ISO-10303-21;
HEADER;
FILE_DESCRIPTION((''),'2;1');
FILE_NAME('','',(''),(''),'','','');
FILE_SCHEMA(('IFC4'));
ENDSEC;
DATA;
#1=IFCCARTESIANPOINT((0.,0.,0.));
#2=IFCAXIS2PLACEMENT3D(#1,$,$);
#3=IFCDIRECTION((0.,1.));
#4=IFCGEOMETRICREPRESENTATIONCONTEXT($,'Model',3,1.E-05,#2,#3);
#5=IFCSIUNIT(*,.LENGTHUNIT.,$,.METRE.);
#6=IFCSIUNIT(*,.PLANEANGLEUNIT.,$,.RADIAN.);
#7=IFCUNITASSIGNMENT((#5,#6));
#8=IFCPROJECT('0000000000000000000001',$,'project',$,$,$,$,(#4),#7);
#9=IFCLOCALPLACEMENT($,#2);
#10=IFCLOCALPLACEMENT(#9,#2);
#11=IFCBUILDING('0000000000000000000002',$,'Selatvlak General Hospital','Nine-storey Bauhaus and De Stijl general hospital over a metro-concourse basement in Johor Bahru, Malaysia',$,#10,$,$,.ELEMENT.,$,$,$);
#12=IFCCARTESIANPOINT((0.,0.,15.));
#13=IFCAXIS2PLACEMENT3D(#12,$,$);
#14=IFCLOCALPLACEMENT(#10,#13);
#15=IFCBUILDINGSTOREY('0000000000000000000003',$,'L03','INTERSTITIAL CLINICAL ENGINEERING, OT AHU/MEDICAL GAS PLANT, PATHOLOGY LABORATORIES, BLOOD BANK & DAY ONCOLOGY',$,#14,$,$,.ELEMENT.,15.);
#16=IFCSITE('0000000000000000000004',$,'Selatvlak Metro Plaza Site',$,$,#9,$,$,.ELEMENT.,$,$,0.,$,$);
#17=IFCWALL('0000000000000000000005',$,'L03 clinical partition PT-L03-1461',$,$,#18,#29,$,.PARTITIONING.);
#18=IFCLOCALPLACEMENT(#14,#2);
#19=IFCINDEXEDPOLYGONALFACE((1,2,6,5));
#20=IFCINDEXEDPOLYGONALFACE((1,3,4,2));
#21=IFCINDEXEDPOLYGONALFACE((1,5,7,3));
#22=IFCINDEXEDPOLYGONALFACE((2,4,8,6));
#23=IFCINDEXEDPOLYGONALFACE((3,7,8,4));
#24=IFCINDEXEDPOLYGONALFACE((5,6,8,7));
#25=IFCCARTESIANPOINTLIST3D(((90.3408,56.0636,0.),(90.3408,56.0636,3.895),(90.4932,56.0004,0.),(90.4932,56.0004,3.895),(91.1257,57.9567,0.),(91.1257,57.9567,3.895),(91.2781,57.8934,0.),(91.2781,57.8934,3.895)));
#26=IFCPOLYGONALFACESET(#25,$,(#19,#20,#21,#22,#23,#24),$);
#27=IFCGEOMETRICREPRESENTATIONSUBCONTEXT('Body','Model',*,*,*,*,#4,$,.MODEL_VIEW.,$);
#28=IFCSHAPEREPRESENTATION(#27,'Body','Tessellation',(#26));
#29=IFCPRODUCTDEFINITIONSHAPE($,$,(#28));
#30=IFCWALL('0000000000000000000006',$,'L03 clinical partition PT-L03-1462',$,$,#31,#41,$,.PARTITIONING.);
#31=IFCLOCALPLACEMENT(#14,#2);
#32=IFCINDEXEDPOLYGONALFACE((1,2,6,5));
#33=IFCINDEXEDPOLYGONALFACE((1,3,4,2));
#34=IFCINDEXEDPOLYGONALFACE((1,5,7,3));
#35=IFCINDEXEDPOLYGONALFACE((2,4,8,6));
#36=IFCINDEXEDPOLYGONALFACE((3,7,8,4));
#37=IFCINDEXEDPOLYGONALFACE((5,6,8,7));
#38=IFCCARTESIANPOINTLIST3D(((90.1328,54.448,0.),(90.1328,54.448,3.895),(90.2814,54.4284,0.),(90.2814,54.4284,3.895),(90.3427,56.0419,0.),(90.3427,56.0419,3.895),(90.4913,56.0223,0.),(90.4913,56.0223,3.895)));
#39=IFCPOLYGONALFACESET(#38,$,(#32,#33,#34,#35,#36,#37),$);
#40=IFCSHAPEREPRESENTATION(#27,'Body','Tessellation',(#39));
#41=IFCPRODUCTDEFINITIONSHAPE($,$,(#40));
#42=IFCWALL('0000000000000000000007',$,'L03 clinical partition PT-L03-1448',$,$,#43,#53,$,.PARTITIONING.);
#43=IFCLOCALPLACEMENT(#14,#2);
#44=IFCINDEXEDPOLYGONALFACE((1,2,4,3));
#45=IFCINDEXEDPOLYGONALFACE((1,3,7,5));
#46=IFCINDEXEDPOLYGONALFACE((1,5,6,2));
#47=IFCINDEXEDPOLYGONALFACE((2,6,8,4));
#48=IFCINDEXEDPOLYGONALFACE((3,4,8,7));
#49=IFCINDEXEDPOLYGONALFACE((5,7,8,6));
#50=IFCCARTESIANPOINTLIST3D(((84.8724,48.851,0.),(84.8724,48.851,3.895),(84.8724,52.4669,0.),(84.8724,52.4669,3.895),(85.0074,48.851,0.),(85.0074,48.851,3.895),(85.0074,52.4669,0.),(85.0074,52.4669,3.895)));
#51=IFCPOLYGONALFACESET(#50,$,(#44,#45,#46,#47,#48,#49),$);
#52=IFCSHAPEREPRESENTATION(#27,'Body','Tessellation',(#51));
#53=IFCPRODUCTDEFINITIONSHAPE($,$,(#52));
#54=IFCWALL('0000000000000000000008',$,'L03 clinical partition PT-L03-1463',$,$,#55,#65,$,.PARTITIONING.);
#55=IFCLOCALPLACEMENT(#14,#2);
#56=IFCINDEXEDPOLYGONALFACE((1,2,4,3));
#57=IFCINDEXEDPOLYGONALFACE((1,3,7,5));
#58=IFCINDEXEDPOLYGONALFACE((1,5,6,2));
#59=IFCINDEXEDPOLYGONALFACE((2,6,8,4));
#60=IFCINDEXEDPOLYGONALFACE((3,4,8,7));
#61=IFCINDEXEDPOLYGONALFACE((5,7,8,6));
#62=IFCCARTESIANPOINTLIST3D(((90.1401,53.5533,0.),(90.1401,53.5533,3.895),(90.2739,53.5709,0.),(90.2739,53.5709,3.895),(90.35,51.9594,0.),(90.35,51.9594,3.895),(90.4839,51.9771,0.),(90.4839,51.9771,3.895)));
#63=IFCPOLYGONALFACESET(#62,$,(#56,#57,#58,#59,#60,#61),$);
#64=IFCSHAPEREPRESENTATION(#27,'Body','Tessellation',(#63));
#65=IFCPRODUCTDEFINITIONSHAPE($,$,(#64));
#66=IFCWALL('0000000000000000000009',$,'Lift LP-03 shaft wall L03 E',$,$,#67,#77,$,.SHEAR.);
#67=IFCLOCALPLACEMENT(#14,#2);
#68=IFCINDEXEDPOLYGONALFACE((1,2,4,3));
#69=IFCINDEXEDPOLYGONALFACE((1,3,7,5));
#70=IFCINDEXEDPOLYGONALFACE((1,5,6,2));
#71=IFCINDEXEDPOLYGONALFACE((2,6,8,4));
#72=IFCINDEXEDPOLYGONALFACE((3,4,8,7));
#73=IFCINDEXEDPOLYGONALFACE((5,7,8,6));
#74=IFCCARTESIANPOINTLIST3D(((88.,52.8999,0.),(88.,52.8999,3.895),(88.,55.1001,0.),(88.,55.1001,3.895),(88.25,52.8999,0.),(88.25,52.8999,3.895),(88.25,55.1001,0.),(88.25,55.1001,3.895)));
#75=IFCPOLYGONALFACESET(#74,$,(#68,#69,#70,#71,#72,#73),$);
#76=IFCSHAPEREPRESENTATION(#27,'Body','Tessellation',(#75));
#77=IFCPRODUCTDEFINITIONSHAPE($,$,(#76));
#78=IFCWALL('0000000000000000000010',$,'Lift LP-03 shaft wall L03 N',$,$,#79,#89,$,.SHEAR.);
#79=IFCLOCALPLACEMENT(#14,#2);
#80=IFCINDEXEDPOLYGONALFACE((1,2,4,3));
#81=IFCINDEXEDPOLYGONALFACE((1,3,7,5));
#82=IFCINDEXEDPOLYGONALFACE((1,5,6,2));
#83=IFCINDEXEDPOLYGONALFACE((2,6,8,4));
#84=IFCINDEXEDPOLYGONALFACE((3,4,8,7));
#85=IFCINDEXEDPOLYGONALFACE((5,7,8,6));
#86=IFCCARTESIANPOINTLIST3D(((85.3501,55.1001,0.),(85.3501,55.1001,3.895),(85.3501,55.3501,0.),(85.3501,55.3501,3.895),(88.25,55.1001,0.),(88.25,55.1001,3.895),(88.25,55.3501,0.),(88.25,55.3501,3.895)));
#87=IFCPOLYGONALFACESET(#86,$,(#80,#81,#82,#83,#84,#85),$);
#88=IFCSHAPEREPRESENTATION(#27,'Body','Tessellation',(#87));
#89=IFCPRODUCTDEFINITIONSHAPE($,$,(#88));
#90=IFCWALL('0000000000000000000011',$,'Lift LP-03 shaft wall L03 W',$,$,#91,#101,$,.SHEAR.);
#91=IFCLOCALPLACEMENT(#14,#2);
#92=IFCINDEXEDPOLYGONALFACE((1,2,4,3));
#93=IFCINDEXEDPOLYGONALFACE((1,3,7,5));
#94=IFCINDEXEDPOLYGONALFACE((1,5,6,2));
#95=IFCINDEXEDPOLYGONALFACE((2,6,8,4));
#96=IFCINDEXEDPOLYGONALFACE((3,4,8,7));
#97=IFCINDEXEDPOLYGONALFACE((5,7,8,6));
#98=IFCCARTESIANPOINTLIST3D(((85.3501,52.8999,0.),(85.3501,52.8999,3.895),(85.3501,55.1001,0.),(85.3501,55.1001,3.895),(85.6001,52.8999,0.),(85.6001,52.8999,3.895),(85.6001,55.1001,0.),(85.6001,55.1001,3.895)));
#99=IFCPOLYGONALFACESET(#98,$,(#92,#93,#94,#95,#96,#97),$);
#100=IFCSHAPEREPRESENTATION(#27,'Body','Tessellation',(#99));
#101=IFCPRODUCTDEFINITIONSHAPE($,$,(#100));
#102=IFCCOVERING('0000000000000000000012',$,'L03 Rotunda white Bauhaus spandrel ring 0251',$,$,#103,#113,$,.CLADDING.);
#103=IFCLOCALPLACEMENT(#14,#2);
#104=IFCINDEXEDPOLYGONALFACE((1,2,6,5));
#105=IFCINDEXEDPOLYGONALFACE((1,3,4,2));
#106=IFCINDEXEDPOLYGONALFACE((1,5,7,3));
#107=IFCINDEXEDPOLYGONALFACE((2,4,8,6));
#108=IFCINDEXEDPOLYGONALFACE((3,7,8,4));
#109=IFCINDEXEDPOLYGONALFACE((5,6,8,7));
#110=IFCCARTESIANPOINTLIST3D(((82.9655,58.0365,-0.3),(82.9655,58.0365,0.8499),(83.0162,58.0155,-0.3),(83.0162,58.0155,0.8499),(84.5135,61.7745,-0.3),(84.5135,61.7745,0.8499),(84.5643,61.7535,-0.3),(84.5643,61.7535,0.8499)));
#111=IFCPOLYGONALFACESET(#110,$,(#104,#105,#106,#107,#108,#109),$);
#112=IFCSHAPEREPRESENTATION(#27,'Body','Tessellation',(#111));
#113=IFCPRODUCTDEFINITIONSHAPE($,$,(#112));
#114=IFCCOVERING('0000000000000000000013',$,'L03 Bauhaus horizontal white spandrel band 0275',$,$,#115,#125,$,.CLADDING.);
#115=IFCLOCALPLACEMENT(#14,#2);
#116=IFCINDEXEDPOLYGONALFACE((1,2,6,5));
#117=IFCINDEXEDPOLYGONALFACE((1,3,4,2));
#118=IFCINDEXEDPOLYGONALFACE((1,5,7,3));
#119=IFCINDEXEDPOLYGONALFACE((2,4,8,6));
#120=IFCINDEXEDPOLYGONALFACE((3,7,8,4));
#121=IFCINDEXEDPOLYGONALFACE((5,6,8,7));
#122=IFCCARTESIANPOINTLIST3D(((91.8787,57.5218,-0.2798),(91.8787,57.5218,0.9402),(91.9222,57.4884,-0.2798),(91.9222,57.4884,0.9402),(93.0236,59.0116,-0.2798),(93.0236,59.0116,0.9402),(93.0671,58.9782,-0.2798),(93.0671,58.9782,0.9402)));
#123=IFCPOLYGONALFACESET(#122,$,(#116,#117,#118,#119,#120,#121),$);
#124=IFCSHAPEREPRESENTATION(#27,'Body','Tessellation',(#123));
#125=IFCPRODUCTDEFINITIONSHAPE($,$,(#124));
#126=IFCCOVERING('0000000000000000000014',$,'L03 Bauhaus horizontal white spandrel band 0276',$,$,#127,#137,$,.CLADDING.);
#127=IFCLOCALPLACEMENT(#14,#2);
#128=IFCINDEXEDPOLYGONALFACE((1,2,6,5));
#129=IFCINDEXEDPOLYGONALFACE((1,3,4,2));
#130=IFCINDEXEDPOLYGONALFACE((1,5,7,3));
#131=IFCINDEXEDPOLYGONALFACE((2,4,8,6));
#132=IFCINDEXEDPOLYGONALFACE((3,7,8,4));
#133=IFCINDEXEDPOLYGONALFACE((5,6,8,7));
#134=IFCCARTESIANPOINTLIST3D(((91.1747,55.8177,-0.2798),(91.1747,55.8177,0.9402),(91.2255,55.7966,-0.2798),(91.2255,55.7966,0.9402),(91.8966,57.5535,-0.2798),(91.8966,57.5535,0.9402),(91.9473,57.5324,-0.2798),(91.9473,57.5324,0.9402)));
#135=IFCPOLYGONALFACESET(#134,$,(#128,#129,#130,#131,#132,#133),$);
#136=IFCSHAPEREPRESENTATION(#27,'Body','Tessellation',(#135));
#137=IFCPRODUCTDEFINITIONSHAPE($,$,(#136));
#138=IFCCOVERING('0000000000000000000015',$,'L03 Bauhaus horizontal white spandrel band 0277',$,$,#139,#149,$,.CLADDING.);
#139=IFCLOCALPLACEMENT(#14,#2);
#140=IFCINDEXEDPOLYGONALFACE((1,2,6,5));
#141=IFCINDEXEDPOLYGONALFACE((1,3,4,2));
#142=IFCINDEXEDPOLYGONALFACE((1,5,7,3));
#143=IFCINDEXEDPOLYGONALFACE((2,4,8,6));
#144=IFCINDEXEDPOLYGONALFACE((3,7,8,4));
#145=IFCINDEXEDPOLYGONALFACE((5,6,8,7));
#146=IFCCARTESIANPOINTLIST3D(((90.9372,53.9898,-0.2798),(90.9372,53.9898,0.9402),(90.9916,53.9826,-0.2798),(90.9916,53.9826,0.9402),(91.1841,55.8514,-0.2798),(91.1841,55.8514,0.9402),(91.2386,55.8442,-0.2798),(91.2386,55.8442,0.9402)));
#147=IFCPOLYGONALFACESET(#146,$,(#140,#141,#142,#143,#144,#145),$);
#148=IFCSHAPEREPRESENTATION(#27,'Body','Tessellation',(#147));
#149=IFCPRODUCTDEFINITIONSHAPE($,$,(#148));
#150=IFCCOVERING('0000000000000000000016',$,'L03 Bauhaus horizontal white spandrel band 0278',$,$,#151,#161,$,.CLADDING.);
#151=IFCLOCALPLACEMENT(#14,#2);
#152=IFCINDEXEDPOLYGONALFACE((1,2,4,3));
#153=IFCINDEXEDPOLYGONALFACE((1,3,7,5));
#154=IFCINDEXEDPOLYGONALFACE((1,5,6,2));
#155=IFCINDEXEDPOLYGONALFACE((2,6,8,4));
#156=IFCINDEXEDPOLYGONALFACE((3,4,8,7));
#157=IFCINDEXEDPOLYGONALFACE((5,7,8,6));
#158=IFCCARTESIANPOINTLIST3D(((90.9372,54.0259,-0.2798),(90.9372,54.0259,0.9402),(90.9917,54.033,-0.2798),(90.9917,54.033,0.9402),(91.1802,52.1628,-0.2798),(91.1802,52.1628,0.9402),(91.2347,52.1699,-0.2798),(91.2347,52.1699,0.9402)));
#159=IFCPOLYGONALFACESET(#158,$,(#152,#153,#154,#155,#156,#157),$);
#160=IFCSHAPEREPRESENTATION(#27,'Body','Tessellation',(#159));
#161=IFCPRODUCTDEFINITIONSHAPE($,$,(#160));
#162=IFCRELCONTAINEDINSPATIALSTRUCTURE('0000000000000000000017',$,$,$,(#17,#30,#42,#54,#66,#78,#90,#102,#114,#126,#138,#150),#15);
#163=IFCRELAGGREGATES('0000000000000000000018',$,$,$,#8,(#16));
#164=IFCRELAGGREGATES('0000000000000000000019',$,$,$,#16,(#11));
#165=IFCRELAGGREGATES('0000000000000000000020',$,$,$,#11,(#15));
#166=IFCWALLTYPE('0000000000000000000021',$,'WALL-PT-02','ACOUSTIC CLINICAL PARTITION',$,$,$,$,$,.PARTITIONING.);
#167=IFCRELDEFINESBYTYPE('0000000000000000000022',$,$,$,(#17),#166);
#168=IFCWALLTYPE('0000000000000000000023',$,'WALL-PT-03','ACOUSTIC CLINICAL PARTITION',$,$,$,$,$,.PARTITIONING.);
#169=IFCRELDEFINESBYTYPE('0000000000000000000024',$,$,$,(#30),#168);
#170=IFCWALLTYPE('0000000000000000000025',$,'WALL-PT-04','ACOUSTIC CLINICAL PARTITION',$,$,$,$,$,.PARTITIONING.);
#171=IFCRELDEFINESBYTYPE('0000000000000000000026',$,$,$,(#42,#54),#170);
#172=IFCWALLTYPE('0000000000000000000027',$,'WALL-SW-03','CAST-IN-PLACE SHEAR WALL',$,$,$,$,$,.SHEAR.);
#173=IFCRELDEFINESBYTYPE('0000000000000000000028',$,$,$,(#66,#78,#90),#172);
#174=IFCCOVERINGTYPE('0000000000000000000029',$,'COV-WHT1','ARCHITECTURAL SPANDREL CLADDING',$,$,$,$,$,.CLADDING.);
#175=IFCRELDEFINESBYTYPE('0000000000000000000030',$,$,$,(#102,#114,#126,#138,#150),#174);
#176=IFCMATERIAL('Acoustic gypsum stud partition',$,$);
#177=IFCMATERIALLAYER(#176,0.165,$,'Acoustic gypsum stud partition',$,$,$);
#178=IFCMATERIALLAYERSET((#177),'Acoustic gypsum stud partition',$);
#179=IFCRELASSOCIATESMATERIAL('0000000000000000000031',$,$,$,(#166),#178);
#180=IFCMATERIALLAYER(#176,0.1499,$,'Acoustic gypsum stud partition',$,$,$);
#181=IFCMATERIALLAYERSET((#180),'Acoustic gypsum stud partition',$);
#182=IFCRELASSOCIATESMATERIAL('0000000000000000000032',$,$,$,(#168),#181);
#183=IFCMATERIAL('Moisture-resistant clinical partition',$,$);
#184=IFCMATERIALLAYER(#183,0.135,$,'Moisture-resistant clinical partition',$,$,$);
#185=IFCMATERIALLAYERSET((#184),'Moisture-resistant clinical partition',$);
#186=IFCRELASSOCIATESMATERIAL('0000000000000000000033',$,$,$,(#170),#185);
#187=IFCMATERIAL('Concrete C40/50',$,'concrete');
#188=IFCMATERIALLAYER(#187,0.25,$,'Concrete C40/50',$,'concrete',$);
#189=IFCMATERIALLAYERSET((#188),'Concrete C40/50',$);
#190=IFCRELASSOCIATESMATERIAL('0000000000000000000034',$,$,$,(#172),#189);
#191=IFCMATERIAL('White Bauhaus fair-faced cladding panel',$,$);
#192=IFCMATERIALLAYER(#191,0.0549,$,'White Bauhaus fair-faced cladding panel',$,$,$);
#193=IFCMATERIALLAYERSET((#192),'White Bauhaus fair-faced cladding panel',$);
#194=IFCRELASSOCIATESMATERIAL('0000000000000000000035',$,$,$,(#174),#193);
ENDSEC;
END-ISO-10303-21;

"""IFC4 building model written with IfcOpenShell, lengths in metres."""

from ifc_helpers import new_model, si_unit, direction, frame, frame_2d, origin, origin_2d, place, context, subcontext, project, spatial, rectangle, extrude, material, layer, layer_set, type_object, element, save


model = new_model("IFC4")

# Units and contexts
model_context = context("Model", 3, precision=1e-05, world=origin(), true_north=direction((0.0, 1.0)))
body_context = subcontext(model_context, "Body", "Model", "MODEL_VIEW")
ifc_project = project(units=[si_unit("LENGTHUNIT", "METRE"), si_unit("PLANEANGLEUNIT", "RADIAN")], contexts=[model_context])

# Site, building, storey
site_placement = place(None, origin())
site = spatial("IfcSite", under=ifc_project, at=site_placement, Name="Selatvlak Metro Plaza Site", CompositionType="ELEMENT", RefElevation=0.0)
building_placement = place(site_placement, origin())
building = spatial("IfcBuilding", under=site, at=building_placement, Name="Selatvlak General Hospital", Description="Nine-storey Bauhaus and De Stijl general hospital over a metro-concourse basement in Johor Bahru, Malaysia", CompositionType="ELEMENT")
storey_placement = place(building_placement, frame((0.0, 0.0, 15.0)))
storey = spatial("IfcBuildingStorey", under=building, at=storey_placement, Name="L03", Description="INTERSTITIAL CLINICAL ENGINEERING, OT AHU/MEDICAL GAS PLANT, PATHOLOGY LABORATORIES, BLOOD BANK & DAY ONCOLOGY", CompositionType="ELEMENT", Elevation=15.0)

# Walls
ifc_material_1 = material(Name="Acoustic gypsum stud partition")
ifc_layer_1 = layer(ifc_material_1, 0.165, Name="Acoustic gypsum stud partition")
ifc_layer_set_1 = layer_set([ifc_layer_1], Name="Acoustic gypsum stud partition")
wall_type_1 = type_object("IfcWallType", Name="WALL-PT-02", Description="ACOUSTIC CLINICAL PARTITION", PredefinedType="PARTITIONING", material=ifc_layer_set_1)
wall_1_placement = place(storey_placement, frame((91.2019, 57.925, 0.0), z_axis=(0.0, 0.0, 1.0), x_axis=(-0.383008, -0.923745, 0.0)))
element("IfcWall", 1, at=wall_1_placement, inside=storey, type_object=wall_type_1, Name="L03 clinical partition PT-L03-1461", PredefinedType="PARTITIONING", context=body_context, shape_type="SweptSolid", body=[
    extrude(rectangle(XDim=2.0493, YDim=0.165, at=frame_2d((1.0247, 0.0))), origin(), (0.0, 0.0, 1.0), 3.895),
])
ifc_layer_2 = layer(ifc_material_1, 0.1499, Name="Acoustic gypsum stud partition")
ifc_layer_set_2 = layer_set([ifc_layer_2], Name="Acoustic gypsum stud partition")
wall_type_2 = type_object("IfcWallType", Name="WALL-PT-03", Description="ACOUSTIC CLINICAL PARTITION", PredefinedType="PARTITIONING", material=ifc_layer_set_2)
wall_2_placement = place(storey_placement, frame((90.417, 56.032, 0.0), z_axis=(0.0, 0.0, 1.0), x_axis=(-0.130592, -0.991436, 0.0)))
element("IfcWall", 2, at=wall_2_placement, inside=storey, type_object=wall_type_2, Name="L03 clinical partition PT-L03-1462", PredefinedType="PARTITIONING", context=body_context, shape_type="SweptSolid", body=[
    extrude(rectangle(XDim=1.6077, YDim=0.1499, at=frame_2d((0.8037, 0.0))), origin(), (0.0, 0.0, 1.0), 3.895),
])
ifc_material_2 = material(Name="Moisture-resistant clinical partition")
ifc_layer_3 = layer(ifc_material_2, 0.135, Name="Moisture-resistant clinical partition")
ifc_layer_set_3 = layer_set([ifc_layer_3], Name="Moisture-resistant clinical partition")
wall_type_3 = type_object("IfcWallType", Name="WALL-PT-04", Description="ACOUSTIC CLINICAL PARTITION", PredefinedType="PARTITIONING", material=ifc_layer_set_3)
wall_3_placement = place(storey_placement, frame((84.9399, 52.467, 0.0), z_axis=(0.0, 0.0, 1.0), x_axis=(0.0, -1.0, 0.0)))
element("IfcWall", 3, at=wall_3_placement, inside=storey, type_object=wall_type_3, Name="L03 clinical partition PT-L03-1448", PredefinedType="PARTITIONING", context=body_context, shape_type="SweptSolid", body=[
    extrude(rectangle(XDim=3.616, YDim=0.135, at=frame_2d((1.8081, 0.0))), origin(), (0.0, 0.0, 1.0), 3.895),
])
wall_4_placement = place(storey_placement, frame((90.207, 53.562, 0.0), z_axis=(0.0, 0.0, 1.0), x_axis=(0.130592, -0.991436, 0.0)))
element("IfcWall", 4, at=wall_4_placement, inside=storey, type_object=wall_type_3, Name="L03 clinical partition PT-L03-1463", PredefinedType="PARTITIONING", context=body_context, shape_type="SweptSolid", body=[
    extrude(rectangle(XDim=1.6077, YDim=0.135, at=frame_2d((0.8037, 0.0))), origin(), (0.0, 0.0, 1.0), 3.895),
])

# Shared definitions
ifc_material_3 = material(Name="Concrete C40/50", Category="concrete")
ifc_layer_4 = layer(ifc_material_3, 0.25, Name="Concrete C40/50", Category="concrete")
ifc_layer_set_4 = layer_set([ifc_layer_4], Name="Concrete C40/50")
wall_type_4 = type_object("IfcWallType", Name="WALL-SW-03", Description="CAST-IN-PLACE SHEAR WALL", PredefinedType="SHEAR", material=ifc_layer_set_4)

# Walls
wall_5_placement = place(storey_placement, frame((88.125, 52.8999, 0.0), z_axis=(0.0, 0.0, 1.0), x_axis=(0.0, 1.0, 0.0)))
element("IfcWall", 5, at=wall_5_placement, inside=storey, type_object=wall_type_4, Name="Lift LP-03 shaft wall L03 E", PredefinedType="SHEAR", context=body_context, shape_type="SweptSolid", body=[
    extrude(rectangle(XDim=2.2002, YDim=0.25, at=frame_2d((1.1001, 0.0))), origin(), (0.0, 0.0, 1.0), 3.895),
])
wall_6_placement = place(storey_placement, frame((88.25, 55.2251, 0.0), z_axis=(0.0, 0.0, 1.0), x_axis=(-1.0, 0.0, 0.0)))
element("IfcWall", 6, at=wall_6_placement, inside=storey, type_object=wall_type_4, Name="Lift LP-03 shaft wall L03 N", PredefinedType="SHEAR", context=body_context, shape_type="SweptSolid", body=[
    extrude(rectangle(XDim=2.8999, YDim=0.25, at=frame_2d((1.45, 0.0))), origin(), (0.0, 0.0, 1.0), 3.895),
])
wall_7_placement = place(storey_placement, frame((85.4751, 55.1001, 0.0), z_axis=(0.0, 0.0, 1.0), x_axis=(0.0, -1.0, 0.0)))
element("IfcWall", 7, at=wall_7_placement, inside=storey, type_object=wall_type_4, Name="Lift LP-03 shaft wall L03 W", PredefinedType="SHEAR", context=body_context, shape_type="SweptSolid", body=[
    extrude(rectangle(XDim=2.2002, YDim=0.25, at=frame_2d((1.1001, 0.0))), origin(), (0.0, 0.0, 1.0), 3.895),
])

# Coverings
ifc_material_4 = material(Name="White Bauhaus fair-faced cladding panel")
ifc_layer_5 = layer(ifc_material_4, 0.0549, Name="White Bauhaus fair-faced cladding panel")
ifc_layer_set_5 = layer_set([ifc_layer_5], Name="White Bauhaus fair-faced cladding panel")
covering_type = type_object("IfcCoveringType", Name="COV-WHT1", Description="ARCHITECTURAL SPANDREL CLADDING", PredefinedType="CLADDING", material=ifc_layer_set_5)
covering_1_placement = place(storey_placement, frame((83.7649, 59.895, -0.3), z_axis=(0.0, 0.0, 1.0), x_axis=(0.382619, 0.923906, 0.0)))
element("IfcCovering", 8, at=covering_1_placement, inside=storey, type_object=covering_type, Name="L03 Rotunda white Bauhaus spandrel ring 0251", PredefinedType="CLADDING", context=body_context, shape_type="SweptSolid", body=[
    extrude(rectangle(XDim=4.0459, YDim=0.0549, at=origin_2d()), origin(), (0.0, 0.0, 1.0), 1.1499),
])
covering_2_placement = place(storey_placement, frame((92.4729, 58.25, -0.2798), z_axis=(0.0, 0.0, 1.0), x_axis=(-0.609329, -0.792918, 0.0)))
element("IfcCovering", 9, at=covering_2_placement, inside=storey, type_object=covering_type, Name="L03 Bauhaus horizontal white spandrel band 0275", PredefinedType="CLADDING", context=body_context, shape_type="SweptSolid", body=[
    extrude(rectangle(XDim=1.8789, YDim=0.0549, at=origin_2d()), origin(), (0.0, 0.0, 1.0), 1.22),
])
covering_3_placement = place(storey_placement, frame((91.561, 56.675, -0.2798), z_axis=(0.0, 0.0, 1.0), x_axis=(-0.384005, -0.923331, 0.0)))
element("IfcCovering", 10, at=covering_3_placement, inside=storey, type_object=covering_type, Name="L03 Bauhaus horizontal white spandrel band 0276", PredefinedType="CLADDING", context=body_context, shape_type="SweptSolid", body=[
    extrude(rectangle(XDim=1.8799, YDim=0.0549, at=origin_2d()), origin(), (0.0, 0.0, 1.0), 1.22),
])
covering_4_placement = place(storey_placement, frame((91.0879, 54.917, -0.2798), z_axis=(0.0, 0.0, 1.0), x_axis=(-0.131495, -0.991317, 0.0)))
element("IfcCovering", 11, at=covering_4_placement, inside=storey, type_object=covering_type, Name="L03 Bauhaus horizontal white spandrel band 0277", PredefinedType="CLADDING", context=body_context, shape_type="SweptSolid", body=[
    extrude(rectangle(XDim=1.8779, YDim=0.0549, at=origin_2d()), origin(), (0.0, 0.0, 1.0), 1.22),
])
covering_5_placement = place(storey_placement, frame((91.0859, 53.0979, -0.2798), z_axis=(0.0, 0.0, 1.0), x_axis=(0.129332, -0.991601, 0.0)))
element("IfcCovering", 12, at=covering_5_placement, inside=storey, type_object=covering_type, Name="L03 Bauhaus horizontal white spandrel band 0278", PredefinedType="CLADDING", context=body_context, shape_type="SweptSolid", body=[
    extrude(rectangle(XDim=1.8789, YDim=0.0549, at=origin_2d()), origin(), (0.0, 0.0, 1.0), 1.22),
])

save(model, "model.ifc")
